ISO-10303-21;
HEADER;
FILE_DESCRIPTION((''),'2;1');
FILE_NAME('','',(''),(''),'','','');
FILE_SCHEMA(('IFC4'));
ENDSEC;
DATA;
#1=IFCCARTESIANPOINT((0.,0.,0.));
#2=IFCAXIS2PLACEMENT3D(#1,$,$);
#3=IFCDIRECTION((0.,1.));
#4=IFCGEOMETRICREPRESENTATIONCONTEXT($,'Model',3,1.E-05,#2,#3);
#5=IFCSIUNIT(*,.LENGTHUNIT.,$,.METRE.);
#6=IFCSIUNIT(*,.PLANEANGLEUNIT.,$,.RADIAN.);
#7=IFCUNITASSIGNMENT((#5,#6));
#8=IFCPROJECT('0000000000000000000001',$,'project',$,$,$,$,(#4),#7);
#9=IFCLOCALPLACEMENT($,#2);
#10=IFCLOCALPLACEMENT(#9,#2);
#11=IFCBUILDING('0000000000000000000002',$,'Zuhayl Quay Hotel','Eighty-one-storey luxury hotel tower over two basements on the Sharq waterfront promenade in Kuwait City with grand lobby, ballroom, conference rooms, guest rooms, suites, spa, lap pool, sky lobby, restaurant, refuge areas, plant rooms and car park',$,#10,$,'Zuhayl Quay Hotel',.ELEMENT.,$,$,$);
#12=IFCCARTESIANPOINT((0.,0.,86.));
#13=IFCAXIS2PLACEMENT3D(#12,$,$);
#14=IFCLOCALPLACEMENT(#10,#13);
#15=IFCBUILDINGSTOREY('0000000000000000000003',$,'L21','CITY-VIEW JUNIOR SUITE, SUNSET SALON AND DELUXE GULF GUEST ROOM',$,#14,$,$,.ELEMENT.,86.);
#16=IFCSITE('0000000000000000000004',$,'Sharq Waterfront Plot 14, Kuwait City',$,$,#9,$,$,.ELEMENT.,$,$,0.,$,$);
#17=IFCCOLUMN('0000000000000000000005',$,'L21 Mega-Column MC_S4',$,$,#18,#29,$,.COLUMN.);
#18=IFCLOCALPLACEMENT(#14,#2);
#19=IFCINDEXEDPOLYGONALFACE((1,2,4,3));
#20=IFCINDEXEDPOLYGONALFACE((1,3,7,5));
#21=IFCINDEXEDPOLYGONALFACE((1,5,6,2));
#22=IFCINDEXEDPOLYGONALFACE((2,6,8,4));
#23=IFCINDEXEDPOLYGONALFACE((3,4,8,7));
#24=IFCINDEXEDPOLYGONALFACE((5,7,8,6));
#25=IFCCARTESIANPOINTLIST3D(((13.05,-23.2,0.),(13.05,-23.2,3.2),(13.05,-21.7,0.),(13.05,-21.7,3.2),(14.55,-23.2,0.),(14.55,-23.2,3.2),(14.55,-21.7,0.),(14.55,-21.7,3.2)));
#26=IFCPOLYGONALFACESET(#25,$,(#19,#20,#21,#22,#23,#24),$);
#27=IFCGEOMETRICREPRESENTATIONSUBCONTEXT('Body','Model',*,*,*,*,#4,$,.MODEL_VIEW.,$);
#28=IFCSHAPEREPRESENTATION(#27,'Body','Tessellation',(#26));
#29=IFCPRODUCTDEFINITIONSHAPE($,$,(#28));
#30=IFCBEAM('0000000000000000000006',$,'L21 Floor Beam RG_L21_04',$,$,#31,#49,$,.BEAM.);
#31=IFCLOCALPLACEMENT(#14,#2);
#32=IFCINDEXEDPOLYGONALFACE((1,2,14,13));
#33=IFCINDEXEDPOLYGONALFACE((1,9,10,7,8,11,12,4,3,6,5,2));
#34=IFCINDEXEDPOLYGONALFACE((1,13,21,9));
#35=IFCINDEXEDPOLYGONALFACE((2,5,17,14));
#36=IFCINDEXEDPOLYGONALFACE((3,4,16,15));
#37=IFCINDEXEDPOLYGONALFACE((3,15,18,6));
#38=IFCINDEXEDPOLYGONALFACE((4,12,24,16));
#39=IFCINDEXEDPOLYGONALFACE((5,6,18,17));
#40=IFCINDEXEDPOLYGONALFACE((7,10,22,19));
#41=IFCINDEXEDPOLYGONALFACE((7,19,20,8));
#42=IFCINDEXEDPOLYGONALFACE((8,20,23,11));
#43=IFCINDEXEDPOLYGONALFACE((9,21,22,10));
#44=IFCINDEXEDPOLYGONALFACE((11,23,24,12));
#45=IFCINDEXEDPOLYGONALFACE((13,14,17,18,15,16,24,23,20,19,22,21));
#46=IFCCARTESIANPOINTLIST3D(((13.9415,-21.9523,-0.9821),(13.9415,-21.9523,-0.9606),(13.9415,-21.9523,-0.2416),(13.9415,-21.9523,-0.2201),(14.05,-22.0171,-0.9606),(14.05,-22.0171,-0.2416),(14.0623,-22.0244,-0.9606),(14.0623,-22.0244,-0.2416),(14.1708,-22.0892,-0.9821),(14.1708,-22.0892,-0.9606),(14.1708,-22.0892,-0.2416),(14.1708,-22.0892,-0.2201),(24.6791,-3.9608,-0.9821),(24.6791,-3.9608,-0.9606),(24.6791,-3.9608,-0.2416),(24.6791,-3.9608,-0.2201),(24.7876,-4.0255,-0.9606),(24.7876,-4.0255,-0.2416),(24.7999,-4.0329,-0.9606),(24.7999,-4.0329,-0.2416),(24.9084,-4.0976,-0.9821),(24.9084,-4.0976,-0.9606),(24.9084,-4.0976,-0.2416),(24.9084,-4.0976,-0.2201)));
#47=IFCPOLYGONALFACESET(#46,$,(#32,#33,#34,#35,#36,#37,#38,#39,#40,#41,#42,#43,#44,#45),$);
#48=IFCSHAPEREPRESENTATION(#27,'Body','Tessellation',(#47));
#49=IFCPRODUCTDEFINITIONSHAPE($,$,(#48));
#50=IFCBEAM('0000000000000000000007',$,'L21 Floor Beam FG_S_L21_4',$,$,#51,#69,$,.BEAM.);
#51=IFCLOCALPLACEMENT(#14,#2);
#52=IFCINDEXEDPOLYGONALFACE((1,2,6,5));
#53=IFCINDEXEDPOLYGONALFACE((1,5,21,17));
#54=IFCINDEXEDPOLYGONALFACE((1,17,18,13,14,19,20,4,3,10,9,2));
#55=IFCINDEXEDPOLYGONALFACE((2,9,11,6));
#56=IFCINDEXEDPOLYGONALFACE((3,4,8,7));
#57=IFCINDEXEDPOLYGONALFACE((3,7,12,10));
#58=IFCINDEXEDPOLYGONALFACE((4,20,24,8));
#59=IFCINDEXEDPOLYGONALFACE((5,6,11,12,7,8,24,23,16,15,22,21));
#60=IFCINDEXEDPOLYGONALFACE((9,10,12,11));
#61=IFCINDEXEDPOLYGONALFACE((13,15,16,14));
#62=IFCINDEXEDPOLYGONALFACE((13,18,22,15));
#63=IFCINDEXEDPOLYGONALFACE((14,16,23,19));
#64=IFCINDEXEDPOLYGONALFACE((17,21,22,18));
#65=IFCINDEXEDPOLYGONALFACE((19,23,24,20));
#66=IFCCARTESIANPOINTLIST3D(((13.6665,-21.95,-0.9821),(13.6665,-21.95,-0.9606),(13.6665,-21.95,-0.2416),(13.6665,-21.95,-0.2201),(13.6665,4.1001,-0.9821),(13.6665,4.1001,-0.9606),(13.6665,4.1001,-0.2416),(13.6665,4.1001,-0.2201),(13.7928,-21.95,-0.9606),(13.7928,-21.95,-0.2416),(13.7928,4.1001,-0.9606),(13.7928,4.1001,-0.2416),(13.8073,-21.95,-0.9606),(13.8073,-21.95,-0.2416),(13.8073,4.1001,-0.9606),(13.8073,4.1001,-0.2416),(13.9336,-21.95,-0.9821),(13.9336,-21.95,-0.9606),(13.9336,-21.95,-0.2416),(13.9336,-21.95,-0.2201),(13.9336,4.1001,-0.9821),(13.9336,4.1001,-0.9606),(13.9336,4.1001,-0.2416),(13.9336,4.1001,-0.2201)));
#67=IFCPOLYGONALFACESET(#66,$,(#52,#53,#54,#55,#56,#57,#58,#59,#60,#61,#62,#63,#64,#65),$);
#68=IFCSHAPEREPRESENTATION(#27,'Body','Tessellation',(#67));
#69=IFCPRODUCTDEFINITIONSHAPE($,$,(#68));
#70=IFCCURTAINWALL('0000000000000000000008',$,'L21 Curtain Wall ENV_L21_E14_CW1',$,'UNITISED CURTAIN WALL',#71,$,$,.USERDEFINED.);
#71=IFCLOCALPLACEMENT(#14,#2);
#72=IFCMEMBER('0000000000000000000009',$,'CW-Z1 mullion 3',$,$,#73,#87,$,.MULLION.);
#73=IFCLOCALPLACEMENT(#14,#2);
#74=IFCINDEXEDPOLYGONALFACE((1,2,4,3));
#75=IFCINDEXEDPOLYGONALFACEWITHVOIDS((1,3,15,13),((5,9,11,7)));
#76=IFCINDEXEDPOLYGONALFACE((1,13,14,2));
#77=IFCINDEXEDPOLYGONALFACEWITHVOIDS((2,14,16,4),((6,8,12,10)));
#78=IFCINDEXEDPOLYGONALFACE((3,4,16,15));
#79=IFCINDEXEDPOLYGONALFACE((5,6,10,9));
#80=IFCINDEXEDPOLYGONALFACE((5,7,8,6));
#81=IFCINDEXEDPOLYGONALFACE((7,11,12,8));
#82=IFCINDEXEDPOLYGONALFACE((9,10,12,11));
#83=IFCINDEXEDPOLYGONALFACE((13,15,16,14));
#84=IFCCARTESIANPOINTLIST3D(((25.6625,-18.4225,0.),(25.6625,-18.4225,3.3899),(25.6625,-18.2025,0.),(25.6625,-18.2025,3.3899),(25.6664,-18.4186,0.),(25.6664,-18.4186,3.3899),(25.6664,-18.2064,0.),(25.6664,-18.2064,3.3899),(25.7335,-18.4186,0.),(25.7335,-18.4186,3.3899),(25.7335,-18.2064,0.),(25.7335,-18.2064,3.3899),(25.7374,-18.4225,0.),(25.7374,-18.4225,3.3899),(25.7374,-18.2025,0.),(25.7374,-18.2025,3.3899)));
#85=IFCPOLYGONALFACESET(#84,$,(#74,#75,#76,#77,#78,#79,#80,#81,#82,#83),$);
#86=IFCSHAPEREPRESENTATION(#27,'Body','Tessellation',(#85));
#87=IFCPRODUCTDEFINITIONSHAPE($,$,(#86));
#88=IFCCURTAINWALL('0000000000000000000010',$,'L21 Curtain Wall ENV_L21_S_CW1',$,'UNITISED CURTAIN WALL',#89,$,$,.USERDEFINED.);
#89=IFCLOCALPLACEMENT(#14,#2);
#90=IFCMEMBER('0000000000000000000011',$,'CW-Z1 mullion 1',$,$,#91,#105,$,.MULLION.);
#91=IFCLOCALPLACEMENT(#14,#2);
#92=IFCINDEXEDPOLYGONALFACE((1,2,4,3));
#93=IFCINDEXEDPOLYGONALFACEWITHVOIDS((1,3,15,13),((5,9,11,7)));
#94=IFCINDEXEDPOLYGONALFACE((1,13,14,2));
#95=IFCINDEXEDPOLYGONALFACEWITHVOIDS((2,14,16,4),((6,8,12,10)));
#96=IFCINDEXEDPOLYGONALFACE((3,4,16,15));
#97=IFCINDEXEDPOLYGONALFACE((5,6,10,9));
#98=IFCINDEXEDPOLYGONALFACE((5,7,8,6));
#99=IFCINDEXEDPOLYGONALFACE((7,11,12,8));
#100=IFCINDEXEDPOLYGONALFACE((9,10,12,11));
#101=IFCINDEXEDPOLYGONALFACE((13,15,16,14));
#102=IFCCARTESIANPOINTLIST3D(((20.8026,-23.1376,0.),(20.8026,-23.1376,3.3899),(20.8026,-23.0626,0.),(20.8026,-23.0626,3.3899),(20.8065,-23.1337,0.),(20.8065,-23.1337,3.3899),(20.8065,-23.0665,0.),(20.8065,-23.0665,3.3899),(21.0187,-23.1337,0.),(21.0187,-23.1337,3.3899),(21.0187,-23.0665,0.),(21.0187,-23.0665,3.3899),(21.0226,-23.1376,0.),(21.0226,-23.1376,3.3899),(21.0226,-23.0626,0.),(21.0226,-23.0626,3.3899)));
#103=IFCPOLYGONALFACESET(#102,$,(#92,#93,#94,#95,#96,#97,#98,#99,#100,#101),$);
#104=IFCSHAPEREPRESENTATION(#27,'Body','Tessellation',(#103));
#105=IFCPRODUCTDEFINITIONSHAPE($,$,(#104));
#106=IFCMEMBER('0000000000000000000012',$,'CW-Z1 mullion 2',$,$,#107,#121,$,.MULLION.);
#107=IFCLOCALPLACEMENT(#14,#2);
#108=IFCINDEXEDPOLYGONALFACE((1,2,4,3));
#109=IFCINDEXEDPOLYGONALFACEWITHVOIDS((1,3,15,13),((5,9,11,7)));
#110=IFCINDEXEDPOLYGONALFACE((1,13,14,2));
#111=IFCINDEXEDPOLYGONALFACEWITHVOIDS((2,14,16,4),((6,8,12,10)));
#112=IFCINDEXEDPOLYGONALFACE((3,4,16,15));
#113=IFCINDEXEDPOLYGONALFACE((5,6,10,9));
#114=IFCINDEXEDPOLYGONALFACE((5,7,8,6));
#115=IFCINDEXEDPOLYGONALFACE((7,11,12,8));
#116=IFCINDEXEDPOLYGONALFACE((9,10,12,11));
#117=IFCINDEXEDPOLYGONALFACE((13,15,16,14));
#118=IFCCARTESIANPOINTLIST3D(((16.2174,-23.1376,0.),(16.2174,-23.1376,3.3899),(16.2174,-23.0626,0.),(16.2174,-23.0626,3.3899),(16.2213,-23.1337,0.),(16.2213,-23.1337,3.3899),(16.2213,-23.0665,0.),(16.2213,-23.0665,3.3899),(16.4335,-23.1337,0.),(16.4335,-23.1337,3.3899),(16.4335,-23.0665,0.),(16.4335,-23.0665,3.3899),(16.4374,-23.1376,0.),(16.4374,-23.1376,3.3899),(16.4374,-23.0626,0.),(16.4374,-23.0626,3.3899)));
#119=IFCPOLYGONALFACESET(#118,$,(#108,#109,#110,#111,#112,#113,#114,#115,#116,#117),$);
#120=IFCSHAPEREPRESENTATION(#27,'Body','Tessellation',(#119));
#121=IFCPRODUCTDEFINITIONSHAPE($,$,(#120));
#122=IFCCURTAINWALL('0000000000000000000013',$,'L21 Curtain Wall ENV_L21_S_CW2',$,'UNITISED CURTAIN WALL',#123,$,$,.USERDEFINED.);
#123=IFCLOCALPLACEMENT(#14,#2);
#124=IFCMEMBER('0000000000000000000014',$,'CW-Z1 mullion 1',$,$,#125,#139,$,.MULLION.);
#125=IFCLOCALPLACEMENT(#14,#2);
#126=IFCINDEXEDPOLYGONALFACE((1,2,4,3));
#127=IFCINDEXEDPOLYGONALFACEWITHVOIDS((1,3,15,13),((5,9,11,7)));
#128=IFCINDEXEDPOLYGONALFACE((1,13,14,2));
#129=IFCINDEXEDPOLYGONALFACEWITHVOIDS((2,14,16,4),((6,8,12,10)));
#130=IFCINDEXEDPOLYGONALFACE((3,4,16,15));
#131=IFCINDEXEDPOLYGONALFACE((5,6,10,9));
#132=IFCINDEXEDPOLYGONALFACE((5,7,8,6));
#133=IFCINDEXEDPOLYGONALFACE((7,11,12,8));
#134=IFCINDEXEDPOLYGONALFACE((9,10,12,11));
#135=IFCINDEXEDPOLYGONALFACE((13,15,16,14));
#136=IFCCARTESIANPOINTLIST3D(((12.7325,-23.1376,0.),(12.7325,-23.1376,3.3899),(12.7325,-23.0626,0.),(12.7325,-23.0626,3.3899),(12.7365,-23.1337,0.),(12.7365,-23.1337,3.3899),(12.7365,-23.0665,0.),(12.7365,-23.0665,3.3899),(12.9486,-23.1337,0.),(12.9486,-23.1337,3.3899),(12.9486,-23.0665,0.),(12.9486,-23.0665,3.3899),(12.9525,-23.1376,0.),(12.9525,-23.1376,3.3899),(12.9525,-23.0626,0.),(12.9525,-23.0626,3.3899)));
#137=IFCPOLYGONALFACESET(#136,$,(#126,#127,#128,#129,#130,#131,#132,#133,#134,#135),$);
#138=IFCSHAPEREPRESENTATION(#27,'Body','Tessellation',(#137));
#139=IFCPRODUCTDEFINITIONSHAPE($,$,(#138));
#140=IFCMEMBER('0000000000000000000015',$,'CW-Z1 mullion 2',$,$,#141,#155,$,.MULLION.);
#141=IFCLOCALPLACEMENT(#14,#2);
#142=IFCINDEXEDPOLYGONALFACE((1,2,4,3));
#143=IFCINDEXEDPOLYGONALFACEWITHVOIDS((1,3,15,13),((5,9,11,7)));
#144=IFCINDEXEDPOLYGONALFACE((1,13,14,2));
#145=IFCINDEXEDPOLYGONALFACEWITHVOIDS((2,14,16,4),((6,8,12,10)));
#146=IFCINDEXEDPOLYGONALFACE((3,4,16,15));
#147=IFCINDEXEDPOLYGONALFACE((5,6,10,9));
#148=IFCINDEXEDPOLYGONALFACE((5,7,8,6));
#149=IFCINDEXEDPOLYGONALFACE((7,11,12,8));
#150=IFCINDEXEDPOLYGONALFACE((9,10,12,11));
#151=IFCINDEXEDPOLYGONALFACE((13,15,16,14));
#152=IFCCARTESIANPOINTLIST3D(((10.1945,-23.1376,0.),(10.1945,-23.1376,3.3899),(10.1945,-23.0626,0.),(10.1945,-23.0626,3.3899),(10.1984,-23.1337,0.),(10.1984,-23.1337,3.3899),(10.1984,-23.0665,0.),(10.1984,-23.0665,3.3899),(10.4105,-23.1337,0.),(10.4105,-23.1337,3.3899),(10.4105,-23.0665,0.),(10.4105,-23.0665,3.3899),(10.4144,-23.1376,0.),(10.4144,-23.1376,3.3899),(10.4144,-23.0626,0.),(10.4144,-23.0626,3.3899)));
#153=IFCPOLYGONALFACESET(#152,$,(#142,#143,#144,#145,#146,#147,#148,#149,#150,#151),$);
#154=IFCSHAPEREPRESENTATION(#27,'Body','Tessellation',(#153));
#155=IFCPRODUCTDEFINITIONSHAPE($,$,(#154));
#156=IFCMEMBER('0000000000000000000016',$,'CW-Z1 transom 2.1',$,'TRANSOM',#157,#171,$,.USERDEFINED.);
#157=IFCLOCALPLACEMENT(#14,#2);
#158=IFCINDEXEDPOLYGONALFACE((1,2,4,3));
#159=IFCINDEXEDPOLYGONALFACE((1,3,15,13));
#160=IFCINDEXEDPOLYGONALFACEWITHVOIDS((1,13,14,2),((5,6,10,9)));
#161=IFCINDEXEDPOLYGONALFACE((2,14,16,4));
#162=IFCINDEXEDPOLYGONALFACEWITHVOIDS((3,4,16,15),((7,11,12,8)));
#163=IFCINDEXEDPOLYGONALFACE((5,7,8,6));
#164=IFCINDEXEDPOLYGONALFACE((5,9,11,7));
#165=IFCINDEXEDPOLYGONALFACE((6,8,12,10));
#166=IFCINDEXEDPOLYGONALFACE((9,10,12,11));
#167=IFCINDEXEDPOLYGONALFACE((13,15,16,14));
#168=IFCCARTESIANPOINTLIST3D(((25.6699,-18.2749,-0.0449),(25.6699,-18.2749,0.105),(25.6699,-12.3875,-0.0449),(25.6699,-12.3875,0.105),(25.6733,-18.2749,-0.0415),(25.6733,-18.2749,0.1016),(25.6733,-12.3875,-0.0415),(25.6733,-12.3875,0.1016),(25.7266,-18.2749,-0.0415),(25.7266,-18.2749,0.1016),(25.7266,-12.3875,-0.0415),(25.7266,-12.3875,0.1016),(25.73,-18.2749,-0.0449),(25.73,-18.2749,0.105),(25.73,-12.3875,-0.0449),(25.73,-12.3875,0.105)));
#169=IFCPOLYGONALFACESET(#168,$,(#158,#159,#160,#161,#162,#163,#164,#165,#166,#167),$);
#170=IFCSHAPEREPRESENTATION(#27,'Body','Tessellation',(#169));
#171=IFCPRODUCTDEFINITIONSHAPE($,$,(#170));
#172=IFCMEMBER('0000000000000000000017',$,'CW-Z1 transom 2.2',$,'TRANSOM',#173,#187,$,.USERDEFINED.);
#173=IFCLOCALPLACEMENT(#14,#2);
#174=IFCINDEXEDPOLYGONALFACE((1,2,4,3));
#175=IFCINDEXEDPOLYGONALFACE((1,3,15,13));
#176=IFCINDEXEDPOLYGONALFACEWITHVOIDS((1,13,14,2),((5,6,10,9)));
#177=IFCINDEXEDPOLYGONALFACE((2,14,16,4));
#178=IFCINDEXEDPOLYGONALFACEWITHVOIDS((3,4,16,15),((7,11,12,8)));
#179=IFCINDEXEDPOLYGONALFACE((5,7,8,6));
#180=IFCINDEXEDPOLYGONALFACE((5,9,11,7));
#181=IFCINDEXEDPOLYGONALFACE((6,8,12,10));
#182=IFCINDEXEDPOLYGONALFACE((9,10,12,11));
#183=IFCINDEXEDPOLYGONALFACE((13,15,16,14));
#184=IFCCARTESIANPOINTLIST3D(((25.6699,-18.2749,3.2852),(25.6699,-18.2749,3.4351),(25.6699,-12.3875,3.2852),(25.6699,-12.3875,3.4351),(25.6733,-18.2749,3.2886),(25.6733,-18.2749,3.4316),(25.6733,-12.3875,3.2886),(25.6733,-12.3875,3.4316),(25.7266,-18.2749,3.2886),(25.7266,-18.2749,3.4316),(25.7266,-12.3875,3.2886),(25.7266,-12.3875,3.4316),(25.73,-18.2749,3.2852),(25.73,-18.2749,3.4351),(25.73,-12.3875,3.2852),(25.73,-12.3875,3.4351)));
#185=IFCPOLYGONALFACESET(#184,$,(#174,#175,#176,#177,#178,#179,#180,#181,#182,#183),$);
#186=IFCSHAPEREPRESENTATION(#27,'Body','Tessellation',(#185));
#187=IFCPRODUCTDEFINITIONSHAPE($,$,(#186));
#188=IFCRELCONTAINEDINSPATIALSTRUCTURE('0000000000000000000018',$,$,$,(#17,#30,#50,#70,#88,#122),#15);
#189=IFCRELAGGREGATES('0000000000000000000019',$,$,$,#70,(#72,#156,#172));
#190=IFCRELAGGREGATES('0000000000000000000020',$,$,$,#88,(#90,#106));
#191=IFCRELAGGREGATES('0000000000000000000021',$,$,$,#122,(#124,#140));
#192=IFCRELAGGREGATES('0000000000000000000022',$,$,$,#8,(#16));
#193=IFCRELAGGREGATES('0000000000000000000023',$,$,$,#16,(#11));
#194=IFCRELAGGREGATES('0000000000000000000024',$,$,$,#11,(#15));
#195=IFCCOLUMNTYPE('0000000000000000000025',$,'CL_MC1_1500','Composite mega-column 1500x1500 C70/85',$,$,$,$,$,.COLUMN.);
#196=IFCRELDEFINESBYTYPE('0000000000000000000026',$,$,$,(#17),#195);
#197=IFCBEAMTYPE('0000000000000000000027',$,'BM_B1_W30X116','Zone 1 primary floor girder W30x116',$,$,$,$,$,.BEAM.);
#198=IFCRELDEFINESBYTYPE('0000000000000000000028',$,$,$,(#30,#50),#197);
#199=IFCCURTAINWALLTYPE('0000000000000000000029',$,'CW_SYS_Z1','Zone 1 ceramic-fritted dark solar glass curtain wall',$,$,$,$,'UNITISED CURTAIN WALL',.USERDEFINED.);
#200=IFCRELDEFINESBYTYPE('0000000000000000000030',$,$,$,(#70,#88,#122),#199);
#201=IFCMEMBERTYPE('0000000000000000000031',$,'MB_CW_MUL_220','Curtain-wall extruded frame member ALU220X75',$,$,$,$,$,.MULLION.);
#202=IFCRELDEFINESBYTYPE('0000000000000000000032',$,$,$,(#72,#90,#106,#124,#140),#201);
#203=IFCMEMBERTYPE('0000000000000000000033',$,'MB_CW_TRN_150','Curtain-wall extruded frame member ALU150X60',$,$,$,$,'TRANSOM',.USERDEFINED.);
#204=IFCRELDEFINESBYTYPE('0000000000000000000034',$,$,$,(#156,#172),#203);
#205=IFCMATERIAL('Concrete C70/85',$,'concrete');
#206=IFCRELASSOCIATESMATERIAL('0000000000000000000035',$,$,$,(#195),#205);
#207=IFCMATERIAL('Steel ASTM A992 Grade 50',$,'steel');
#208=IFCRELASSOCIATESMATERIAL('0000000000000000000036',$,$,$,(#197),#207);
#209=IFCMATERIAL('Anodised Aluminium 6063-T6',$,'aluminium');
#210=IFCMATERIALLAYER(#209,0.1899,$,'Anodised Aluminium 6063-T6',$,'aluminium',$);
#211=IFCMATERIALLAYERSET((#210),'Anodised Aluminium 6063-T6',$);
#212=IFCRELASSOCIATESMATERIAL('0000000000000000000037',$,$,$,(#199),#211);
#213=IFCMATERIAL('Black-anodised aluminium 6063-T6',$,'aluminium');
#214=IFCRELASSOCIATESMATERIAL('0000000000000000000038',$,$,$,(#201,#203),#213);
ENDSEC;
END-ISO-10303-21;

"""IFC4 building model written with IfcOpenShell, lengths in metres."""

from ifc_helpers import new_model, si_unit, direction, frame, origin, origin_2d, place, context, subcontext, project, spatial, rectangle, hollow_rectangle, i_section, extrude, material, layer, layer_set, material_profile, profile_set, type_object, element, aggregate, save


model = new_model("IFC4")

# Units and contexts
model_context = context("Model", 3, precision=1e-05, world=origin(), true_north=direction((0.0, 1.0)))
body_context = subcontext(model_context, "Body", "Model", "MODEL_VIEW")
ifc_project = project(units=[si_unit("LENGTHUNIT", "METRE"), si_unit("PLANEANGLEUNIT", "RADIAN")], contexts=[model_context])

# Site, building, storey
site_placement = place(None, origin())
site = spatial("IfcSite", under=ifc_project, at=site_placement, Name="Sharq Waterfront Plot 14, Kuwait City", CompositionType="ELEMENT", RefElevation=0.0)
building_placement = place(site_placement, origin())
building = spatial("IfcBuilding", under=site, at=building_placement, Name="Zuhayl Quay Hotel", Description="Eighty-one-storey luxury hotel tower over two basements on the Sharq waterfront promenade in Kuwait City with grand lobby, ballroom, conference rooms, guest rooms, suites, spa, lap pool, sky lobby, restaurant, refuge areas, plant rooms and car park", LongName="Zuhayl Quay Hotel", CompositionType="ELEMENT")
storey_placement = place(building_placement, frame((0.0, 0.0, 86.0)))
storey = spatial("IfcBuildingStorey", under=building, at=storey_placement, Name="L21", Description="CITY-VIEW JUNIOR SUITE, SUNSET SALON AND DELUXE GULF GUEST ROOM", CompositionType="ELEMENT", Elevation=86.0)

# Column
ifc_material_1 = material(Name="Concrete C70/85", Category="concrete")
ifc_material_profile_1 = material_profile(ifc_material_1, rectangle(XDim=1.5, YDim=1.5, at=origin_2d()), Name="RC1500X1500")
ifc_profile_set_1 = profile_set([ifc_material_profile_1], Name="Concrete C70/85")
column_type = type_object("IfcColumnType", Name="CL_MC1_1500", Description="Composite mega-column 1500x1500 C70/85", PredefinedType="COLUMN", material=ifc_profile_set_1)
column_placement = place(storey_placement, frame((13.8, -22.45, 0.0), z_axis=(0.0, 0.0, 1.0), x_axis=(1.0, 0.0, 0.0)))
element("IfcColumn", 1, at=column_placement, inside=storey, type_object=column_type, Name="L21 Mega-Column MC_S4", PredefinedType="COLUMN", context=body_context, shape_type="SweptSolid", body=[
    extrude(rectangle(XDim=1.5, YDim=1.5, at=origin_2d()), origin(), (0.0, 0.0, 1.0), 3.2),
])

# Beams
ifc_material_2 = material(Name="Steel ASTM A992 Grade 50", Category="steel")
ifc_material_profile_2 = material_profile(ifc_material_2, i_section(OverallWidth=0.2671, OverallDepth=0.762, WebThickness=0.0144, FlangeThickness=0.0215, at=origin_2d()), Name="W30X116")
ifc_profile_set_2 = profile_set([ifc_material_profile_2], Name="Steel ASTM A992 Grade 50")
beam_type = type_object("IfcBeamType", Name="BM_B1_W30X116", Description="Zone 1 primary floor girder W30x116", PredefinedType="BEAM", material=ifc_profile_set_2)
beam_1_placement = place(storey_placement, frame((14.0562, -22.0208, -0.6011), z_axis=(0.512483, 0.858698, 0.0), x_axis=(-0.858698, 0.512483, 0.0)))
element("IfcBeam", 2, at=beam_1_placement, inside=storey, type_object=beam_type, Name="L21 Floor Beam RG_L21_04", PredefinedType="BEAM", context=body_context, shape_type="SweptSolid", body=[
    extrude(i_section(OverallWidth=0.2671, OverallDepth=0.762, WebThickness=0.0144, FlangeThickness=0.0215, at=origin_2d()), origin(), (0.0, 0.0, 1.0), 20.9521),
])
beam_2_placement = place(storey_placement, frame((13.8, -21.95, -0.6011), z_axis=(0.0, 1.0, 0.0), x_axis=(-1.0, 0.0, 0.0)))
element("IfcBeam", 3, at=beam_2_placement, inside=storey, type_object=beam_type, Name="L21 Floor Beam FG_S_L21_4", PredefinedType="BEAM", context=body_context, shape_type="SweptSolid", body=[
    extrude(i_section(OverallWidth=0.2671, OverallDepth=0.762, WebThickness=0.0144, FlangeThickness=0.0215, at=origin_2d()), origin(), (0.0, 0.0, 1.0), 26.05),
])

# Curtain wall, member
ifc_material_3 = material(Name="Anodised Aluminium 6063-T6", Category="aluminium")
ifc_layer_1 = layer(ifc_material_3, 0.1899, Name="Anodised Aluminium 6063-T6", Category="aluminium")
ifc_layer_set_1 = layer_set([ifc_layer_1], Name="Anodised Aluminium 6063-T6")
curtain_wall_type = type_object("IfcCurtainWallType", Name="CW_SYS_Z1", Description="Zone 1 ceramic-fritted dark solar glass curtain wall", ElementType="UNITISED CURTAIN WALL", PredefinedType="USERDEFINED", material=ifc_layer_set_1)
curtain_wall_1_placement = place(storey_placement, origin())
curtain_wall_1 = element("IfcCurtainWall", 4, at=curtain_wall_1_placement, inside=storey, type_object=curtain_wall_type, Name="L21 Curtain Wall ENV_L21_E14_CW1", ObjectType="UNITISED CURTAIN WALL", PredefinedType="USERDEFINED")
ifc_material_4 = material(Name="Black-anodised aluminium 6063-T6", Category="aluminium")
ifc_material_profile_3 = material_profile(ifc_material_4, hollow_rectangle(XDim=0.075, YDim=0.22, WallThickness=0.0039, at=origin_2d()), Name="ALU220X75")
ifc_profile_set_3 = profile_set([ifc_material_profile_3], Name="Black-anodised aluminium 6063-T6")
member_type_1 = type_object("IfcMemberType", Name="MB_CW_MUL_220", Description="Curtain-wall extruded frame member ALU220X75", PredefinedType="MULLION", material=ifc_profile_set_3)
member_1_placement = place(storey_placement, frame((25.7, -18.3125, 0.0), z_axis=(0.0, 0.0, 1.0), x_axis=(1.0, 0.0, 0.0)))
member_1 = element("IfcMember", 5, at=member_1_placement, type_object=member_type_1, Name="CW-Z1 mullion 3", PredefinedType="MULLION", context=body_context, shape_type="SweptSolid", body=[
    extrude(hollow_rectangle(XDim=0.075, YDim=0.22, WallThickness=0.0039, at=origin_2d()), origin(), (0.0, 0.0, 1.0), 3.3899),
])

# Curtain walls, members
curtain_wall_2_placement = place(storey_placement, origin())
curtain_wall_2 = element("IfcCurtainWall", 6, at=curtain_wall_2_placement, inside=storey, type_object=curtain_wall_type, Name="L21 Curtain Wall ENV_L21_S_CW1", ObjectType="UNITISED CURTAIN WALL", PredefinedType="USERDEFINED")
member_2_placement = place(storey_placement, frame((20.9126, -23.1001, 0.0), z_axis=(0.0, 0.0, 1.0), x_axis=(0.0, -1.0, 0.0)))
member_2 = element("IfcMember", 7, at=member_2_placement, type_object=member_type_1, Name="CW-Z1 mullion 1", PredefinedType="MULLION", context=body_context, shape_type="SweptSolid", body=[
    extrude(hollow_rectangle(XDim=0.075, YDim=0.22, WallThickness=0.0039, at=origin_2d()), origin(), (0.0, 0.0, 1.0), 3.3899),
])
member_3_placement = place(storey_placement, frame((16.3274, -23.1001, 0.0), z_axis=(0.0, 0.0, 1.0), x_axis=(0.0, -1.0, 0.0)))
member_3 = element("IfcMember", 8, at=member_3_placement, type_object=member_type_1, Name="CW-Z1 mullion 2", PredefinedType="MULLION", context=body_context, shape_type="SweptSolid", body=[
    extrude(hollow_rectangle(XDim=0.075, YDim=0.22, WallThickness=0.0039, at=origin_2d()), origin(), (0.0, 0.0, 1.0), 3.3899),
])
curtain_wall_3_placement = place(storey_placement, origin())
curtain_wall_3 = element("IfcCurtainWall", 9, at=curtain_wall_3_placement, inside=storey, type_object=curtain_wall_type, Name="L21 Curtain Wall ENV_L21_S_CW2", ObjectType="UNITISED CURTAIN WALL", PredefinedType="USERDEFINED")
member_4_placement = place(storey_placement, frame((12.8425, -23.1001, 0.0), z_axis=(0.0, 0.0, 1.0), x_axis=(0.0, -1.0, 0.0)))
member_4 = element("IfcMember", 10, at=member_4_placement, type_object=member_type_1, Name="CW-Z1 mullion 1", PredefinedType="MULLION", context=body_context, shape_type="SweptSolid", body=[
    extrude(hollow_rectangle(XDim=0.075, YDim=0.22, WallThickness=0.0039, at=origin_2d()), origin(), (0.0, 0.0, 1.0), 3.3899),
])
member_5_placement = place(storey_placement, frame((10.3044, -23.1001, 0.0), z_axis=(0.0, 0.0, 1.0), x_axis=(0.0, -1.0, 0.0)))
member_5 = element("IfcMember", 11, at=member_5_placement, type_object=member_type_1, Name="CW-Z1 mullion 2", PredefinedType="MULLION", context=body_context, shape_type="SweptSolid", body=[
    extrude(hollow_rectangle(XDim=0.075, YDim=0.22, WallThickness=0.0039, at=origin_2d()), origin(), (0.0, 0.0, 1.0), 3.3899),
])

# Members
ifc_material_profile_4 = material_profile(ifc_material_4, hollow_rectangle(XDim=0.0601, YDim=0.1499, WallThickness=0.0034, at=origin_2d()), Name="ALU150X60")
ifc_profile_set_4 = profile_set([ifc_material_profile_4], Name="Black-anodised aluminium 6063-T6")
member_type_2 = type_object("IfcMemberType", Name="MB_CW_TRN_150", Description="Curtain-wall extruded frame member ALU150X60", ElementType="TRANSOM", PredefinedType="USERDEFINED", material=ifc_profile_set_4)
member_6_placement = place(storey_placement, frame((25.7, -12.3875, 0.03), z_axis=(0.0, -1.0, 0.0), x_axis=(1.0, 0.0, 0.0)))
member_6 = element("IfcMember", 12, at=member_6_placement, type_object=member_type_2, Name="CW-Z1 transom 2.1", ObjectType="TRANSOM", PredefinedType="USERDEFINED", context=body_context, shape_type="SweptSolid", body=[
    extrude(hollow_rectangle(XDim=0.0601, YDim=0.1499, WallThickness=0.0034, at=origin_2d()), origin(), (0.0, 0.0, 1.0), 5.8875),
])
member_7_placement = place(storey_placement, frame((25.7, -12.3875, 3.3601), z_axis=(0.0, -1.0, 0.0), x_axis=(1.0, 0.0, 0.0)))
member_7 = element("IfcMember", 13, at=member_7_placement, type_object=member_type_2, Name="CW-Z1 transom 2.2", ObjectType="TRANSOM", PredefinedType="USERDEFINED", context=body_context, shape_type="SweptSolid", body=[
    extrude(hollow_rectangle(XDim=0.0601, YDim=0.1499, WallThickness=0.0034, at=origin_2d()), origin(), (0.0, 0.0, 1.0), 5.8875),
])

aggregate(curtain_wall_1, [member_1, member_6, member_7])
aggregate(curtain_wall_2, [member_2, member_3])
aggregate(curtain_wall_3, [member_4, member_5])

save(model, "model.ifc")
